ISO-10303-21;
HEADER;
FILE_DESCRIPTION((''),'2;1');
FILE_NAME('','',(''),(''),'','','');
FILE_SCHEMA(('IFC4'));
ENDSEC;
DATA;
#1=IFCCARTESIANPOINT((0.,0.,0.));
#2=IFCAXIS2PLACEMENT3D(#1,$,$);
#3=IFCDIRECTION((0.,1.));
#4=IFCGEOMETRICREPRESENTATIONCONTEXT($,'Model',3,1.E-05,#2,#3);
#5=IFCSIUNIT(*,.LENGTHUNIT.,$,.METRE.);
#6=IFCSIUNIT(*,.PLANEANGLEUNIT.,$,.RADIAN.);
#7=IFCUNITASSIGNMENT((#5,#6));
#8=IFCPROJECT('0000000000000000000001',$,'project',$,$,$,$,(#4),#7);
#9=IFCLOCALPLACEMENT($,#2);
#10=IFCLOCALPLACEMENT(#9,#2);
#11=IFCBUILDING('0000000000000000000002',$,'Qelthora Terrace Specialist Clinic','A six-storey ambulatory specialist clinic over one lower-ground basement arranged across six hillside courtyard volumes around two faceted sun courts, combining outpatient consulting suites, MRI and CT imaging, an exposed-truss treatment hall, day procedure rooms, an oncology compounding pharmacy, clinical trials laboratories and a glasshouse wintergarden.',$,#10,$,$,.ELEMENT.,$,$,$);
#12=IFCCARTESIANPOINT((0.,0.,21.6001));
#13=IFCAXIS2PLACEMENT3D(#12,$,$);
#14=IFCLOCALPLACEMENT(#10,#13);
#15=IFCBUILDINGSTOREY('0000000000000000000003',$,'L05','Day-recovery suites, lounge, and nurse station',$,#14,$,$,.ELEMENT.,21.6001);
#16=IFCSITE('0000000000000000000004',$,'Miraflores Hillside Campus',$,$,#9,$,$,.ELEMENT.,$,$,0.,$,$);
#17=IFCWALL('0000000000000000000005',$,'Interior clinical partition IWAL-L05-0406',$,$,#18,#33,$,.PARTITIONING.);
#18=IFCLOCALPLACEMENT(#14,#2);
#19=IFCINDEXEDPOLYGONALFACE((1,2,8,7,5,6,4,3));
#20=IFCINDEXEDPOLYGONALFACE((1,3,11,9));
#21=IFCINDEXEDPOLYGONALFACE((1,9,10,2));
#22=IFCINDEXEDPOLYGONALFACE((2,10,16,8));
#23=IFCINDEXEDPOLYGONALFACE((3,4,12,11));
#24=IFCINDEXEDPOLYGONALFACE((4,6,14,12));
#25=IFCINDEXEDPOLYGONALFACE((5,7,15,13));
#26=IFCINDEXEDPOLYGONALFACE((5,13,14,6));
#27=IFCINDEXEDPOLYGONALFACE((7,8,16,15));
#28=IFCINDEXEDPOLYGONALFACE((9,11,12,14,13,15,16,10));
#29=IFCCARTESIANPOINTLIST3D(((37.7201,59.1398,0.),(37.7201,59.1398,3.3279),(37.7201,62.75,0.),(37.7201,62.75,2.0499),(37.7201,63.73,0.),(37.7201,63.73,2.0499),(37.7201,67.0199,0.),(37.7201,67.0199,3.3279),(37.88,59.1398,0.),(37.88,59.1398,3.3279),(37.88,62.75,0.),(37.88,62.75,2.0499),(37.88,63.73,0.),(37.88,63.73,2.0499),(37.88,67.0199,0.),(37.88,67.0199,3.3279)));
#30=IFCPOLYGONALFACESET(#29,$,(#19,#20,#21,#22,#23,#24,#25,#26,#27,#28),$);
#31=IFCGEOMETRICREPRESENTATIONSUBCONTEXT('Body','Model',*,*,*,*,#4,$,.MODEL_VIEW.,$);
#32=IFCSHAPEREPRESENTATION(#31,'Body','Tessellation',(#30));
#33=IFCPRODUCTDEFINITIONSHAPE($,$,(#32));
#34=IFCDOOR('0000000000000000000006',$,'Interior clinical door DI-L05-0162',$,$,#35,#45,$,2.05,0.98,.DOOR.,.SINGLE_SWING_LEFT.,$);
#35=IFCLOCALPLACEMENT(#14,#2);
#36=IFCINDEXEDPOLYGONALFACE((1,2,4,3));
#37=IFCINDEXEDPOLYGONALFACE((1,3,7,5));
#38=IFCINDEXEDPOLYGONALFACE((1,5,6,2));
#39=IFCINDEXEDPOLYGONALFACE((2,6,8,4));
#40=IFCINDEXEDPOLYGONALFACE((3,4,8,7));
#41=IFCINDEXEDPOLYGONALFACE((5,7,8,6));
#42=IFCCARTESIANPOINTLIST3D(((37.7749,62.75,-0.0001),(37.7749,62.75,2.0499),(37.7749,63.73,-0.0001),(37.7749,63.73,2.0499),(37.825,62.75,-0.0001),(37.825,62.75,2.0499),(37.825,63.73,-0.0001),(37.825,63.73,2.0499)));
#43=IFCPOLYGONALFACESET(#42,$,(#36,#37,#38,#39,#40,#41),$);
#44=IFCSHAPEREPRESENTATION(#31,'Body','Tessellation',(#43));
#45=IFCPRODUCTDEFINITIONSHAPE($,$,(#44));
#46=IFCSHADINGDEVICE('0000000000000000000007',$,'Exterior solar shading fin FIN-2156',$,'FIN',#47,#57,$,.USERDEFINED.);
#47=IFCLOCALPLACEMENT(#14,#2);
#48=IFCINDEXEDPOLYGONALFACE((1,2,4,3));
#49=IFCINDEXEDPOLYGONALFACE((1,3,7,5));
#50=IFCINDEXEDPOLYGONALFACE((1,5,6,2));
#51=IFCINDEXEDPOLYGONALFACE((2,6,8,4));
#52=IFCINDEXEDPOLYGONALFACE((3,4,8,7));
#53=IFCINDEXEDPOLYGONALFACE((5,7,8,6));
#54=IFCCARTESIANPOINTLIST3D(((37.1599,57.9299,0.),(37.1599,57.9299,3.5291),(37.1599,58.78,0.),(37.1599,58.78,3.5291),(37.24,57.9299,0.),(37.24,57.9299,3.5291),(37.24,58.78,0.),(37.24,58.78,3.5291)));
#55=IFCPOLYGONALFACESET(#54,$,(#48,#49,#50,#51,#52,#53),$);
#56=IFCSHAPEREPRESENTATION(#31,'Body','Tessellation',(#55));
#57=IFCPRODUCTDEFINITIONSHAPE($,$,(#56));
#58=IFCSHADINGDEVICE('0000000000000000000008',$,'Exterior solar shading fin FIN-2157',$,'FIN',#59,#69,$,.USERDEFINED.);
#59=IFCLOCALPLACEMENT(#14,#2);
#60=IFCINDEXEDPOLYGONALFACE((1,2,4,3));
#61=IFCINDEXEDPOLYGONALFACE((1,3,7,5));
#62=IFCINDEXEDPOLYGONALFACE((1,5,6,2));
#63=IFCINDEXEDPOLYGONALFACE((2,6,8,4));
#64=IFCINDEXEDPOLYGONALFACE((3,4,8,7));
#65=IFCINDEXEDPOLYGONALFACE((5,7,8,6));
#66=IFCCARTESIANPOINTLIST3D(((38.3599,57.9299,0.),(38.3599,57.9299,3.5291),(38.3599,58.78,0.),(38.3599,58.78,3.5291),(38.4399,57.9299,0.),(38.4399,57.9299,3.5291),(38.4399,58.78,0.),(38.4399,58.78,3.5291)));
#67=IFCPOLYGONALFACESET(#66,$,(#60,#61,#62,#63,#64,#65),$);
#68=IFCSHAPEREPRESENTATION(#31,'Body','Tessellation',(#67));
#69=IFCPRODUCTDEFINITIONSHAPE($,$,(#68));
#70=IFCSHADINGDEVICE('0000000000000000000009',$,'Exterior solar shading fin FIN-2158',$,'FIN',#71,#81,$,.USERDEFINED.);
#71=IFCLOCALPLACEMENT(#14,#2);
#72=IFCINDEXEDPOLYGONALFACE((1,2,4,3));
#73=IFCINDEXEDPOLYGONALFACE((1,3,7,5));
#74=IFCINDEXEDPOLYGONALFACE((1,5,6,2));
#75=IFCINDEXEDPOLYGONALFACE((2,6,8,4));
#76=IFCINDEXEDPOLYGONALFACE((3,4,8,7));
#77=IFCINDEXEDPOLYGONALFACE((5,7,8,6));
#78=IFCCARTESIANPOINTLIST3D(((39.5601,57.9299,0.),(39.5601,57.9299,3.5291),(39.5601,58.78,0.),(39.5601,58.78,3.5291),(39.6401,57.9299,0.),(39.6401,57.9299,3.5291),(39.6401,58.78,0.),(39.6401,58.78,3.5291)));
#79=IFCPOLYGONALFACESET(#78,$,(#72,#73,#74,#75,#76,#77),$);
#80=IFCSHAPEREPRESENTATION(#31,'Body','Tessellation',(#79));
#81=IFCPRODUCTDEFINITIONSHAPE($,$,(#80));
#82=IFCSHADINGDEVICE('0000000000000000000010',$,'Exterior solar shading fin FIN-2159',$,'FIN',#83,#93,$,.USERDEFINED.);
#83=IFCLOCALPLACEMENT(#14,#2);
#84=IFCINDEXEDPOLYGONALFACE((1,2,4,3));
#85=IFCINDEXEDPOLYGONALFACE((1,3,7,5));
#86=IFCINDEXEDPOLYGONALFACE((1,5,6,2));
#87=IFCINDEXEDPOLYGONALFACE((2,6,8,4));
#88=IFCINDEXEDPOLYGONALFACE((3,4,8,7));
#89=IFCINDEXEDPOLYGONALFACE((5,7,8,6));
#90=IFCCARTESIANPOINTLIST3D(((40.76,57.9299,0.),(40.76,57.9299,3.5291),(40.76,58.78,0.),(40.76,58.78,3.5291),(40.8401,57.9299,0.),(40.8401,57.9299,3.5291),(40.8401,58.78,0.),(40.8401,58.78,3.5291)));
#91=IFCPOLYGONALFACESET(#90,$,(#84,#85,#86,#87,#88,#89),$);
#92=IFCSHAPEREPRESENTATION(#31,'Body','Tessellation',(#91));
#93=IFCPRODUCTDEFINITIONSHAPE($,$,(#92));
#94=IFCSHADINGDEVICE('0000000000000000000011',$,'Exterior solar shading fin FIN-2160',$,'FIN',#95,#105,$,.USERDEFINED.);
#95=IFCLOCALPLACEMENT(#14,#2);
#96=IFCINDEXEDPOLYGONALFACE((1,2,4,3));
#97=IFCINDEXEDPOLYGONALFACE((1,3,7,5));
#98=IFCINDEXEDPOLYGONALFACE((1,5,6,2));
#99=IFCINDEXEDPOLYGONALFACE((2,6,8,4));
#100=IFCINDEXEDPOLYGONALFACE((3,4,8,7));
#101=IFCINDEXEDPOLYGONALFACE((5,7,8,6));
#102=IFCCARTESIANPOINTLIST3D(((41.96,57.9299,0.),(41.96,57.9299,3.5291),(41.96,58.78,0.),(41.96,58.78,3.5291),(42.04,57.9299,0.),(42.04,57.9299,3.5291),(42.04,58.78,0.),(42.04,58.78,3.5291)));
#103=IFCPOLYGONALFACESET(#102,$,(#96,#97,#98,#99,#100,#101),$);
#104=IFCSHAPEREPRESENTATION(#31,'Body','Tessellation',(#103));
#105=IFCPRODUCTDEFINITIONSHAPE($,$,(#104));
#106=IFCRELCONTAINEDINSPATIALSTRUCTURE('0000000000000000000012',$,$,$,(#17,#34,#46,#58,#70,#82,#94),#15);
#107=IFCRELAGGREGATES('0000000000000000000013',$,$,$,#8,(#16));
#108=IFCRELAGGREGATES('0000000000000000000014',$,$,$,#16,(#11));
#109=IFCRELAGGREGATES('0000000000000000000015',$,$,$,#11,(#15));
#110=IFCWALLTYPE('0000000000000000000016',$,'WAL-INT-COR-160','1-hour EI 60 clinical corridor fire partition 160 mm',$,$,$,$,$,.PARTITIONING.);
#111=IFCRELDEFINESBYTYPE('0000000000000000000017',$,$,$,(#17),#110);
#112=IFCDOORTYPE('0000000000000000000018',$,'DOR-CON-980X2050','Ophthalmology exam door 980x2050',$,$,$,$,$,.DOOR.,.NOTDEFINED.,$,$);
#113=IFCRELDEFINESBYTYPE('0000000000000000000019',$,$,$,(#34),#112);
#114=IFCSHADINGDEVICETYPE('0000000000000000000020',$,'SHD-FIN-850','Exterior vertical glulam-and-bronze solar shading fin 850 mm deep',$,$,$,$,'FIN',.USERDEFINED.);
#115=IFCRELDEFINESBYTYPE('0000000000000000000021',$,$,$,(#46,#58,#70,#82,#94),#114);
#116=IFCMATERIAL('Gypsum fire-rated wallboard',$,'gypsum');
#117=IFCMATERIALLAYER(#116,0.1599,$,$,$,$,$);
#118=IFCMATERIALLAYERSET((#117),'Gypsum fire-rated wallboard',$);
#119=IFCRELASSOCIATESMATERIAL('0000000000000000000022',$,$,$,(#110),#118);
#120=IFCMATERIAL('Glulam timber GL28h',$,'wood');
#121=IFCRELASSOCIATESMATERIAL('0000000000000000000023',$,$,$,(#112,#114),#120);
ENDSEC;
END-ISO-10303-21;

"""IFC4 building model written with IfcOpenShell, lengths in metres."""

from ifc_helpers import new_model, si_unit, direction, frame, frame_2d, origin, origin_2d, place, context, subcontext, project, spatial, rectangle, extrude, material, layer, layer_set, type_object, element, fill, save


model = new_model("IFC4")

# Units and contexts
model_context = context("Model", 3, precision=1e-05, world=origin(), true_north=direction((0.0, 1.0)))
body_context = subcontext(model_context, "Body", "Model", "MODEL_VIEW")
ifc_project = project(units=[si_unit("LENGTHUNIT", "METRE"), si_unit("PLANEANGLEUNIT", "RADIAN")], contexts=[model_context])

# Site, building, storey
site_placement = place(None, origin())
site = spatial("IfcSite", under=ifc_project, at=site_placement, Name="Miraflores Hillside Campus", CompositionType="ELEMENT", RefElevation=0.0)
building_placement = place(site_placement, origin())
building = spatial("IfcBuilding", under=site, at=building_placement, Name="Qelthora Terrace Specialist Clinic", Description="A six-storey ambulatory specialist clinic over one lower-ground basement arranged across six hillside courtyard volumes around two faceted sun courts, combining outpatient consulting suites, MRI and CT imaging, an exposed-truss treatment hall, day procedure rooms, an oncology compounding pharmacy, clinical trials laboratories and a glasshouse wintergarden.", CompositionType="ELEMENT")
storey_placement = place(building_placement, frame((0.0, 0.0, 21.6001)))
storey = spatial("IfcBuildingStorey", under=building, at=storey_placement, Name="L05", Description="Day-recovery suites, lounge, and nurse station", CompositionType="ELEMENT", Elevation=21.6001)

# Wall, opening, door
ifc_material_1 = material(Name="Gypsum fire-rated wallboard", Category="gypsum")
ifc_layer_1 = layer(ifc_material_1, 0.1599)
ifc_layer_set_1 = layer_set([ifc_layer_1], Name="Gypsum fire-rated wallboard")
wall_type_1 = type_object("IfcWallType", Name="WAL-INT-COR-160", Description="1-hour EI 60 clinical corridor fire partition 160 mm", PredefinedType="PARTITIONING", material=ifc_layer_set_1)
wall_1_placement = place(storey_placement, frame((37.8, 59.1399, 0.0), z_axis=(0.0, 0.0, 1.0), x_axis=(0.0, 1.0, 0.0)))
wall_1 = element("IfcWall", 1, at=wall_1_placement, inside=storey, type_object=wall_type_1, Name="Interior clinical partition IWAL-L05-0406", PredefinedType="PARTITIONING", context=body_context, shape_type="SweptSolid", body=[
    extrude(rectangle(XDim=7.8801, YDim=0.1599, at=frame_2d((3.9399, 0.0))), origin(), (0.0, 0.0, 1.0), 3.3279),
])
opening_1_placement = place(wall_1_placement, frame((3.6101, 0.0, 0.0)))
opening_1 = element("IfcOpeningElement", 2, at=opening_1_placement, cuts=wall_1, PredefinedType="OPENING", context=body_context, shape_type="SweptSolid", body=[
    extrude(rectangle(XDim=0.98, YDim=2.05, at=frame_2d((0.49, 1.0249))), frame((0.0, 0.0898, 0.0), z_axis=(0.0, -1.0, 0.0), x_axis=(1.0, 0.0, 0.0)), (0.0, 0.0, 1.0), 0.1799),
])
ifc_material_2 = material(Name="Glulam timber GL28h", Category="wood")
door_type = type_object("IfcDoorType", Name="DOR-CON-980X2050", Description="Ophthalmology exam door 980x2050", OperationType="NOTDEFINED", PredefinedType="DOOR", material=ifc_material_2)
door_placement = place(opening_1_placement, frame((0.98, 0.0, 0.0), z_axis=(0.0, 0.0, 1.0), x_axis=(-1.0, 0.0, 0.0)))
door = element("IfcDoor", 3, at=door_placement, inside=storey, type_object=door_type, Name="Interior clinical door DI-L05-0162", OperationType="SINGLE_SWING_LEFT", OverallHeight=2.05, OverallWidth=0.98, PredefinedType="DOOR", context=body_context, shape_type="SweptSolid", body=[
    extrude(rectangle(XDim=0.98, YDim=2.05, at=frame_2d((0.49, 1.0249))), frame((0.0, 0.0249, 0.0), z_axis=(0.0, -1.0, 0.0), x_axis=(1.0, 0.0, 0.0)), (0.0, 0.0, 1.0), 0.05),
])
fill(opening_1, door)

# Shading devices
shading_device_type = type_object("IfcShadingDeviceType", Name="SHD-FIN-850", Description="Exterior vertical glulam-and-bronze solar shading fin 850 mm deep", ElementType="FIN", PredefinedType="USERDEFINED", material=ifc_material_2)
for number, where, z_axis, x_axis, name in (
    (4, (37.2, 58.355, 0.0), (0.0, 0.0, 1.0), (0.0, -1.0, 0.0), "Exterior solar shading fin FIN-2156"),
    (5, (38.3999, 58.355, 0.0), (0.0, 0.0, 1.0), (0.0, -1.0, 0.0), "Exterior solar shading fin FIN-2157"),
    (6, (39.6001, 58.355, 0.0), (0.0, 0.0, 1.0), (0.0, -1.0, 0.0), "Exterior solar shading fin FIN-2158"),
    (7, (40.8, 58.355, 0.0), (0.0, 0.0, 1.0), (0.0, -1.0, 0.0), "Exterior solar shading fin FIN-2159"),
    (8, (42.0, 58.355, 0.0), (0.0, 0.0, 1.0), (0.0, -1.0, 0.0), "Exterior solar shading fin FIN-2160"),
):
    element("IfcShadingDevice", number, at=place(storey_placement, frame(where, z_axis=z_axis, x_axis=x_axis)), inside=storey, type_object=shading_device_type, Name=name, ObjectType="FIN", PredefinedType="USERDEFINED", context=body_context, shape_type="SweptSolid", body=[
        extrude(rectangle(XDim=0.8501, YDim=0.0801, at=origin_2d()), origin(), (0.0, 0.0, 1.0), 3.5291),
    ])

save(model, "model.ifc")
